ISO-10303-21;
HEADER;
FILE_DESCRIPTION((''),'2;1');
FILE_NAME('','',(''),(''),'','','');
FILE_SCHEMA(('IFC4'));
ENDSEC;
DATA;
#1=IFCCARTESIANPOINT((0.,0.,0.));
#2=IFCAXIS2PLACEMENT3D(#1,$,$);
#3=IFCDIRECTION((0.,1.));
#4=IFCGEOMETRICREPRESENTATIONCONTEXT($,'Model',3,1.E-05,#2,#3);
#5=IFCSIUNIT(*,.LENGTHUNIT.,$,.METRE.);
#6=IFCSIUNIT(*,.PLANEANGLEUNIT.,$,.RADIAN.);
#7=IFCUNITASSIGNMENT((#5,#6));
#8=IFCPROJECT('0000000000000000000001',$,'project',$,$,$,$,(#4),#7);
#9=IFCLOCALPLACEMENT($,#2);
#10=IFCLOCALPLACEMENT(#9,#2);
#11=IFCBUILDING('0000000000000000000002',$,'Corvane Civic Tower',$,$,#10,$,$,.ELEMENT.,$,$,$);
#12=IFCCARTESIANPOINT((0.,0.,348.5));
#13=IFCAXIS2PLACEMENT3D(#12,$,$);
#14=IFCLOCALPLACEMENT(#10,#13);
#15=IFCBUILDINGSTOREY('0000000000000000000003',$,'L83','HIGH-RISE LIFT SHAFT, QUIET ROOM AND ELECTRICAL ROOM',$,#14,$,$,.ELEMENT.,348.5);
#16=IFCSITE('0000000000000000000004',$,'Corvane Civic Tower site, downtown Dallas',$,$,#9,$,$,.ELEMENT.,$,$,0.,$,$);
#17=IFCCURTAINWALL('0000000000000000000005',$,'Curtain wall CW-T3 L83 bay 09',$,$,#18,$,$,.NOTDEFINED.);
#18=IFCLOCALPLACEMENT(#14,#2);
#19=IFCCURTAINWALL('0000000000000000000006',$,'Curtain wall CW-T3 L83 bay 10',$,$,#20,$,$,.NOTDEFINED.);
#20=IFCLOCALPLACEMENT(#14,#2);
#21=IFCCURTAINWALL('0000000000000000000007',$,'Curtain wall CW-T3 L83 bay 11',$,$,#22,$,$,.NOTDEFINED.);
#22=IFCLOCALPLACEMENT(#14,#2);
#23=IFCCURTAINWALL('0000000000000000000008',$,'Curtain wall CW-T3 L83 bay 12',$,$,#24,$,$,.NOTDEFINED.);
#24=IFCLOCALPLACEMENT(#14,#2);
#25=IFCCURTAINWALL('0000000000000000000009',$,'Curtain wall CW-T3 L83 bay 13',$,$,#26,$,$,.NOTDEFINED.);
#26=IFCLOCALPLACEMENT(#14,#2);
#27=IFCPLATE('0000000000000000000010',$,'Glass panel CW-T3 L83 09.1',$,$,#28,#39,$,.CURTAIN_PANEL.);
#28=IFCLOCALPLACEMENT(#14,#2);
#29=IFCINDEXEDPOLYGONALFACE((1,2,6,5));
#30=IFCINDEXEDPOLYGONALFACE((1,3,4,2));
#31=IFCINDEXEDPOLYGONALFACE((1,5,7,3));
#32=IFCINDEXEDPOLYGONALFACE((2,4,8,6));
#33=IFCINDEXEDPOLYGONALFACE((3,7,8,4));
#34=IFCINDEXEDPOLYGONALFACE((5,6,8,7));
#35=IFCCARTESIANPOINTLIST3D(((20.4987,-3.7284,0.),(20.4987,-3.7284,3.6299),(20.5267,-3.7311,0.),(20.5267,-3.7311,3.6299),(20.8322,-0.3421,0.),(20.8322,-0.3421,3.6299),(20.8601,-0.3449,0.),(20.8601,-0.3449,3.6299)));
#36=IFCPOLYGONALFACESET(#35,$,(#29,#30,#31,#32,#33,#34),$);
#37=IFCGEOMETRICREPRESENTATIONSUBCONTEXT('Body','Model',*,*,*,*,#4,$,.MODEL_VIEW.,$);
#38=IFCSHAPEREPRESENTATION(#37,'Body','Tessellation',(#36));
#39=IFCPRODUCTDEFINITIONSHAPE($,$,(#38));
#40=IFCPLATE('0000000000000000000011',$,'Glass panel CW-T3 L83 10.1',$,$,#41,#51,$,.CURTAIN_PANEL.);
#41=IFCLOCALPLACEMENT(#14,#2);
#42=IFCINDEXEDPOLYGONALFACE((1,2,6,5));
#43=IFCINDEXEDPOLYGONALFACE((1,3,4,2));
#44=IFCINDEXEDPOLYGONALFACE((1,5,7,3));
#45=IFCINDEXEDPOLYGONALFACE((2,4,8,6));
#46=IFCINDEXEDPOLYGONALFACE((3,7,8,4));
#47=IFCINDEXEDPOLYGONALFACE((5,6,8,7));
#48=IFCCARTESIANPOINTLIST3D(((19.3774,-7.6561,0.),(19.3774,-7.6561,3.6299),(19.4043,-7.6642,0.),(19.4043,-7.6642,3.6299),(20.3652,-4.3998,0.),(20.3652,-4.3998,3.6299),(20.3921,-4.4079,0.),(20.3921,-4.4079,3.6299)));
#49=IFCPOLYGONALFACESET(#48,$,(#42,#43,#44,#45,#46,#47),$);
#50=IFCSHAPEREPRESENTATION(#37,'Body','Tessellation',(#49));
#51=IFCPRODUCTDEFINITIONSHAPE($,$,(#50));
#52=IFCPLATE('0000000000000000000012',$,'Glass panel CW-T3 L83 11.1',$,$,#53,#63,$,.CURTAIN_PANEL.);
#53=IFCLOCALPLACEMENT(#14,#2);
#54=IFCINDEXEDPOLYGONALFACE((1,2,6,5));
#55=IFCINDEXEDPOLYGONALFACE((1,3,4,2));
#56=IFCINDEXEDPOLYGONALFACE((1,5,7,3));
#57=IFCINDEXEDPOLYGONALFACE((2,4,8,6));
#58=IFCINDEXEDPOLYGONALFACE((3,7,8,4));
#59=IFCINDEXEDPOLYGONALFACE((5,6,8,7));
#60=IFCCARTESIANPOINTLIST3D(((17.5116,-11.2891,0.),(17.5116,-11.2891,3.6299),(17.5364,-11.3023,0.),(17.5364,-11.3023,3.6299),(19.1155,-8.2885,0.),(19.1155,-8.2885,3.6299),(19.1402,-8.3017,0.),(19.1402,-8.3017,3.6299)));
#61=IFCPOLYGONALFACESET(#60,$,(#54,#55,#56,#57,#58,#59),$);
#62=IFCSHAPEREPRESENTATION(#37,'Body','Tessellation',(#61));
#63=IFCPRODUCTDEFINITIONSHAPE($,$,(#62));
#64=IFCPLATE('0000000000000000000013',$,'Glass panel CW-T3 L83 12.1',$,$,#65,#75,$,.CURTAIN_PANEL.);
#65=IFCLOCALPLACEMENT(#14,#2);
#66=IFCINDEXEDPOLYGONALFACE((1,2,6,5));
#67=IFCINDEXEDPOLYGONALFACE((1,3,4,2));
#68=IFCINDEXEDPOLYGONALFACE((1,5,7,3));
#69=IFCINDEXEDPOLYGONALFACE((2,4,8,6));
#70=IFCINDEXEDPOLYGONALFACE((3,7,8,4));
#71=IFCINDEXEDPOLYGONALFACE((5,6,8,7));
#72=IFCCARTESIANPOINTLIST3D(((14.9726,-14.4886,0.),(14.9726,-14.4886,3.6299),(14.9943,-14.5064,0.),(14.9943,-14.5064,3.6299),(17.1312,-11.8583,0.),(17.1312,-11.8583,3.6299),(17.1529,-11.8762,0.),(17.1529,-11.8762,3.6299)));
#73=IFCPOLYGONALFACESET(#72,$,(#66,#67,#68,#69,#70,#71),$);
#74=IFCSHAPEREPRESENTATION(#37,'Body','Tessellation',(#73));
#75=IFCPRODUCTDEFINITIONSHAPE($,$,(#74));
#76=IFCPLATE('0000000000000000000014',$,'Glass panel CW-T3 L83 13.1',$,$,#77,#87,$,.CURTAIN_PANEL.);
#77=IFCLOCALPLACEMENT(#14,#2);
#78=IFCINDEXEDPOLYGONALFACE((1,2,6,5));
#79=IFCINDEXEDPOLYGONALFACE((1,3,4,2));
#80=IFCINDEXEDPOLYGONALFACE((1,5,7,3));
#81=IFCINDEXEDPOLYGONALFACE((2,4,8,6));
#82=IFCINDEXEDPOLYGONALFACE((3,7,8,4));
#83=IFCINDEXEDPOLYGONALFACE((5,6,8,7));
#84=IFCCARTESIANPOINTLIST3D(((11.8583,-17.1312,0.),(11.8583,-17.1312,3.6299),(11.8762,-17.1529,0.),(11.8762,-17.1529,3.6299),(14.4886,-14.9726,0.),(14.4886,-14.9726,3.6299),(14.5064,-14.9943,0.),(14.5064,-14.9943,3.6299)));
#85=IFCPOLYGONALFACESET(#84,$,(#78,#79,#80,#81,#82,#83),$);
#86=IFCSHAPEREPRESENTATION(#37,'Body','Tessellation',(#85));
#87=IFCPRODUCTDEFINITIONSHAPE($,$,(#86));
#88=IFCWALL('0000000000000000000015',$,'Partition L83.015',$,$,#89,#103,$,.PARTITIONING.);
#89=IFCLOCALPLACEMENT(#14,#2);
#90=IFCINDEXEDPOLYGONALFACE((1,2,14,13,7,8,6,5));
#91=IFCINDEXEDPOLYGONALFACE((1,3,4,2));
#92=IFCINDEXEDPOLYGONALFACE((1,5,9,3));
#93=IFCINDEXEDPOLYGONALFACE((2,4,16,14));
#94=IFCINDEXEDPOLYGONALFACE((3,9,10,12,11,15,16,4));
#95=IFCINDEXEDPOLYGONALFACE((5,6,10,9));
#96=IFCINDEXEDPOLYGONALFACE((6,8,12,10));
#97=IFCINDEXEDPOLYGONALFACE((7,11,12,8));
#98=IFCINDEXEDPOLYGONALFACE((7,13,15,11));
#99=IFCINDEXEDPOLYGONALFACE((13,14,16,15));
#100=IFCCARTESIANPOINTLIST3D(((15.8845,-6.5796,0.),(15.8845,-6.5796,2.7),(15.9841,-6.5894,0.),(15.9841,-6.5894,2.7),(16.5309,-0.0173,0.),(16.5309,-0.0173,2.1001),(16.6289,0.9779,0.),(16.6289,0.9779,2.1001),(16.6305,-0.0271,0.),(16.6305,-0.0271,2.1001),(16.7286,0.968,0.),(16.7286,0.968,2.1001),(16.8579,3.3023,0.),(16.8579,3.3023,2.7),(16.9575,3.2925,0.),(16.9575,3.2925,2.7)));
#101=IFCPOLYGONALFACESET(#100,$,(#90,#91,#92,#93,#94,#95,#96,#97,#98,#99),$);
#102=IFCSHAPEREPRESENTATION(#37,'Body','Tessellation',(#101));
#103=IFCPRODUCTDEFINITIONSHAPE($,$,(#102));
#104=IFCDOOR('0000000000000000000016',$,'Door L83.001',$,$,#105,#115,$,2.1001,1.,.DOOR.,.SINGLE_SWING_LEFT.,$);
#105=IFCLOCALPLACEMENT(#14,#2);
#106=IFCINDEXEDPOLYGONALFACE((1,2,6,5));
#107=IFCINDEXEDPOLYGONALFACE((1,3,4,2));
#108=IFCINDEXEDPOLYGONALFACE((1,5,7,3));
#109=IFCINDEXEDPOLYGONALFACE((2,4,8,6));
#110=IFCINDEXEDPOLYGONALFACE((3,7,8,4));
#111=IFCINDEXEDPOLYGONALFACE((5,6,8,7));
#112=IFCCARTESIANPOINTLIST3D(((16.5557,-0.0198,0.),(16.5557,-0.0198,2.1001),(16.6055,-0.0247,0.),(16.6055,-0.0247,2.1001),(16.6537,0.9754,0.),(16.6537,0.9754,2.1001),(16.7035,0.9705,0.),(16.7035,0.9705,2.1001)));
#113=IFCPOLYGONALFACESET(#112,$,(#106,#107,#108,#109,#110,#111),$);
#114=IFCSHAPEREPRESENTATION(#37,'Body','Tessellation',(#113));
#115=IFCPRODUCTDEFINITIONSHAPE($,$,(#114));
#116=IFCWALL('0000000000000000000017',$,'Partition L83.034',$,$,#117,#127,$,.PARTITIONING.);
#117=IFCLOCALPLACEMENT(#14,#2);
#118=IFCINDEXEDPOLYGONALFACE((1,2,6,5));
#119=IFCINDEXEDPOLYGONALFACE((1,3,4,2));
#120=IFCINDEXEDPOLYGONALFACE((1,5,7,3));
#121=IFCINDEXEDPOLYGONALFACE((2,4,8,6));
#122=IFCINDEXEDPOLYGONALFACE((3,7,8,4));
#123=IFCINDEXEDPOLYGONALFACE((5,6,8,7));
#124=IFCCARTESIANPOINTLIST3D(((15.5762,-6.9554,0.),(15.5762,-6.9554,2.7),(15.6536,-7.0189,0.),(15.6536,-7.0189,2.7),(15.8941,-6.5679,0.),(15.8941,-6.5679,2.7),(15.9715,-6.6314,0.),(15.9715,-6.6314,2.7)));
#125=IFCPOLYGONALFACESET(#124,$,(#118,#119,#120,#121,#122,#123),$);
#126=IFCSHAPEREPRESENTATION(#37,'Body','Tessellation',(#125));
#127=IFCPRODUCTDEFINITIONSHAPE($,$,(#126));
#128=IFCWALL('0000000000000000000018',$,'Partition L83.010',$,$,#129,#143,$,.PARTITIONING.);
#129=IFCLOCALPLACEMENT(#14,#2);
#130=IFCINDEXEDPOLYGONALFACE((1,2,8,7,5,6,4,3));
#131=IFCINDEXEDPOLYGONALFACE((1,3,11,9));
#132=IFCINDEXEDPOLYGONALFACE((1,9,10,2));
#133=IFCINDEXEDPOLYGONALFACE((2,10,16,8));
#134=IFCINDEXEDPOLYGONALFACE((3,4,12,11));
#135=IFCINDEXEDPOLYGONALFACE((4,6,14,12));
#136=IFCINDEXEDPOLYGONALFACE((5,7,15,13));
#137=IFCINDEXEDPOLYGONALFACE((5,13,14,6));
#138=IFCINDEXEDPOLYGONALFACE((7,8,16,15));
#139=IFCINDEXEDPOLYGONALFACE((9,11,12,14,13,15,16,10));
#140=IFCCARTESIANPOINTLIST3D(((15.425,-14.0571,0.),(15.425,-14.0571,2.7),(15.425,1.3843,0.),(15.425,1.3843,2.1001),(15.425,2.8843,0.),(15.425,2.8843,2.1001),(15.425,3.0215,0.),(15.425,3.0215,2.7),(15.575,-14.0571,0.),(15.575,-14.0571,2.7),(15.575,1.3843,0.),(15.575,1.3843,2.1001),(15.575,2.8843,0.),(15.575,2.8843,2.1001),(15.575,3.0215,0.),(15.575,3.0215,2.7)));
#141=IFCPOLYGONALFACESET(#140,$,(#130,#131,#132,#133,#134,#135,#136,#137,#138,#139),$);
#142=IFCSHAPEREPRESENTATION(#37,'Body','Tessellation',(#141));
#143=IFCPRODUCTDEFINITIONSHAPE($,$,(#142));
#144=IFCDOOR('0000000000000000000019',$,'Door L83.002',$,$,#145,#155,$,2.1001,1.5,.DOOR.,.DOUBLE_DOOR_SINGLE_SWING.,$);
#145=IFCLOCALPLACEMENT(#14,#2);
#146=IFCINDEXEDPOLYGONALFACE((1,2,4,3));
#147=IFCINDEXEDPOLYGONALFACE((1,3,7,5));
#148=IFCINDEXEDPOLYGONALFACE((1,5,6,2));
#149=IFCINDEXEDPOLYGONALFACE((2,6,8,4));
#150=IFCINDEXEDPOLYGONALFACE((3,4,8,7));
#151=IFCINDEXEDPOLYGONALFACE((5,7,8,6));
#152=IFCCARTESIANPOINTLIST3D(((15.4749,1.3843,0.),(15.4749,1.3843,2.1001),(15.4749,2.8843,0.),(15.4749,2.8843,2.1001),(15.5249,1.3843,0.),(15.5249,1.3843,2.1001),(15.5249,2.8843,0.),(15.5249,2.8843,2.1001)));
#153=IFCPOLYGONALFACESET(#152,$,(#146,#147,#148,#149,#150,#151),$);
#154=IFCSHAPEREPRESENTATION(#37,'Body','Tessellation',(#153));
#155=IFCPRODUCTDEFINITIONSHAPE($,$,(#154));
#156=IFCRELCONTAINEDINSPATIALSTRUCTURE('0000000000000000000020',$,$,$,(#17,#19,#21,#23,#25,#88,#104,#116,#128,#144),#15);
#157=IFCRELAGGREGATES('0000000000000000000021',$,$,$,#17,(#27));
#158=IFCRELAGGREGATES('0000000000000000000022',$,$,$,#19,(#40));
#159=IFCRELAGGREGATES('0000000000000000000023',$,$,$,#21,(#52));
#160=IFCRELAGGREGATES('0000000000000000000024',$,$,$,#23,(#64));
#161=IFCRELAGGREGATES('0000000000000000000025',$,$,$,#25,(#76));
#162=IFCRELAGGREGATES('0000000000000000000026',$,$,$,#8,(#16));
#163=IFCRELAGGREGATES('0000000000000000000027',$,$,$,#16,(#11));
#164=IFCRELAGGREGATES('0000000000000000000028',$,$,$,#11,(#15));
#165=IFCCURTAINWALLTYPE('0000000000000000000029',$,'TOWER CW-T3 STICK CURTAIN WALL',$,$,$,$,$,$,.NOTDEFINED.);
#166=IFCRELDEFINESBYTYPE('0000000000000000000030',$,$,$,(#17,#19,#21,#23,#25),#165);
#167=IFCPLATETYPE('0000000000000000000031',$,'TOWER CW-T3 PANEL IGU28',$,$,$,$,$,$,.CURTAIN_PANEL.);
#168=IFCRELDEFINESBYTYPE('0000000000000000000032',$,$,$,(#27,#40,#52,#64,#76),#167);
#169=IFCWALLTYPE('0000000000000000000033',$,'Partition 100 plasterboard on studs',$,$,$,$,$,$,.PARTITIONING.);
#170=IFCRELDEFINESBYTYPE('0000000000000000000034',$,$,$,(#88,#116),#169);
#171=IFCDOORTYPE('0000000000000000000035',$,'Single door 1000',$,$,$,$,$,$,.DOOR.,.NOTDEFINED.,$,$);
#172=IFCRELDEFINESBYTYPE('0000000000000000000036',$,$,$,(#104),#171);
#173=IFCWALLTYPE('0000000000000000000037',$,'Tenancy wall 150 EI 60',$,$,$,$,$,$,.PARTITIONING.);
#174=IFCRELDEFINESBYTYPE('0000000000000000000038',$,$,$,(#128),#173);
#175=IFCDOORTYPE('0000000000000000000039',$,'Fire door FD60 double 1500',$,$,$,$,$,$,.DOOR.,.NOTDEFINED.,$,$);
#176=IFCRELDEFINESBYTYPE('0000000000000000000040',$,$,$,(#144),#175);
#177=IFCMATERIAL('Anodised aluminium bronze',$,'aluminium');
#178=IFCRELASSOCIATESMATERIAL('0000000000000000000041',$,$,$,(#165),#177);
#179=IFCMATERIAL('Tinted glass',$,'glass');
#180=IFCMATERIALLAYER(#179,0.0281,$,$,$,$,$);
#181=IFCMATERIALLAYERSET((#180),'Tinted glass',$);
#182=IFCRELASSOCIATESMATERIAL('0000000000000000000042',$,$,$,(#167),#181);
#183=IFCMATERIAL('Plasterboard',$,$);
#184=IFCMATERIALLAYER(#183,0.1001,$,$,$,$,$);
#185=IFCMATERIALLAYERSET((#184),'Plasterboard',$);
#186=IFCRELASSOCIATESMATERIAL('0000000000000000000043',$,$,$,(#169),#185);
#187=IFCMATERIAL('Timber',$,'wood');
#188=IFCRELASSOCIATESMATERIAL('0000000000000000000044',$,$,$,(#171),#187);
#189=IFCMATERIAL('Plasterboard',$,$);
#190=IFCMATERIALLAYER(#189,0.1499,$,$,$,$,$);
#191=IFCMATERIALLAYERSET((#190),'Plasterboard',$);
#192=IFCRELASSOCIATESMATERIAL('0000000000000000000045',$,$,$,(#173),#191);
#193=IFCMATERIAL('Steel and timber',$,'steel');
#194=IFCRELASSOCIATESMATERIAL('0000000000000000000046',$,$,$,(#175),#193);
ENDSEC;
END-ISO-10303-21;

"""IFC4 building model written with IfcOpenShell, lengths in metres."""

from ifc_helpers import new_model, si_unit, direction, frame, frame_2d, origin, origin_2d, place, context, subcontext, project, spatial, rectangle, extrude, material, layer, layer_set, type_object, element, fill, aggregate, save


model = new_model("IFC4")

# Units and contexts
model_context = context("Model", 3, precision=1e-05, world=origin(), true_north=direction((0.0, 1.0)))
body_context = subcontext(model_context, "Body", "Model", "MODEL_VIEW")
ifc_project = project(units=[si_unit("LENGTHUNIT", "METRE"), si_unit("PLANEANGLEUNIT", "RADIAN")], contexts=[model_context])

# Site, building, storey
site_placement = place(None, origin())
site = spatial("IfcSite", under=ifc_project, at=site_placement, Name="Corvane Civic Tower site, downtown Dallas", CompositionType="ELEMENT", RefElevation=0.0)
building_placement = place(site_placement, origin())
building = spatial("IfcBuilding", under=site, at=building_placement, Name="Corvane Civic Tower", CompositionType="ELEMENT")
storey_placement = place(building_placement, frame((0.0, 0.0, 348.5)))
storey = spatial("IfcBuildingStorey", under=building, at=storey_placement, Name="L83", Description="HIGH-RISE LIFT SHAFT, QUIET ROOM AND ELECTRICAL ROOM", CompositionType="ELEMENT", Elevation=348.5)

# Curtain walls
ifc_material_1 = material(Name="Anodised aluminium bronze", Category="aluminium")
curtain_wall_type = type_object("IfcCurtainWallType", Name="TOWER CW-T3 STICK CURTAIN WALL", PredefinedType="NOTDEFINED", material=ifc_material_1)
curtain_wall_1_placement = place(storey_placement, origin())
curtain_wall_1 = element("IfcCurtainWall", 1, at=curtain_wall_1_placement, inside=storey, type_object=curtain_wall_type, Name="Curtain wall CW-T3 L83 bay 09", PredefinedType="NOTDEFINED")
curtain_wall_2_placement = place(storey_placement, origin())
curtain_wall_2 = element("IfcCurtainWall", 2, at=curtain_wall_2_placement, inside=storey, type_object=curtain_wall_type, Name="Curtain wall CW-T3 L83 bay 10", PredefinedType="NOTDEFINED")
curtain_wall_3_placement = place(storey_placement, origin())
curtain_wall_3 = element("IfcCurtainWall", 3, at=curtain_wall_3_placement, inside=storey, type_object=curtain_wall_type, Name="Curtain wall CW-T3 L83 bay 11", PredefinedType="NOTDEFINED")
curtain_wall_4_placement = place(storey_placement, origin())
curtain_wall_4 = element("IfcCurtainWall", 4, at=curtain_wall_4_placement, inside=storey, type_object=curtain_wall_type, Name="Curtain wall CW-T3 L83 bay 12", PredefinedType="NOTDEFINED")
curtain_wall_5_placement = place(storey_placement, origin())
curtain_wall_5 = element("IfcCurtainWall", 5, at=curtain_wall_5_placement, inside=storey, type_object=curtain_wall_type, Name="Curtain wall CW-T3 L83 bay 13", PredefinedType="NOTDEFINED")

# Plates
ifc_material_2 = material(Name="Tinted glass", Category="glass")
ifc_layer_1 = layer(ifc_material_2, 0.0281)
ifc_layer_set_1 = layer_set([ifc_layer_1], Name="Tinted glass")
plate_type = type_object("IfcPlateType", Name="TOWER CW-T3 PANEL IGU28", PredefinedType="CURTAIN_PANEL", material=ifc_layer_set_1)
plate_1_placement = place(storey_placement, frame((20.6794, -2.0366, 0.0), z_axis=(0.0, 0.0, 1.0), x_axis=(-0.097998, -0.995187, 0.0)))
plate_1 = element("IfcPlate", 6, at=plate_1_placement, type_object=plate_type, Name="Glass panel CW-T3 L83 09.1", PredefinedType="CURTAIN_PANEL", context=body_context, shape_type="SweptSolid", body=[
    extrude(rectangle(XDim=3.4026, YDim=0.0281, at=origin_2d()), origin(), (0.0, 0.0, 1.0), 3.6299),
])
aggregate(curtain_wall_1, [plate_1])
plate_2_placement = place(storey_placement, frame((19.8848, -6.032, 0.0), z_axis=(0.0, 0.0, 1.0), x_axis=(-0.29029, -0.956939, 0.0)))
plate_2 = element("IfcPlate", 7, at=plate_2_placement, type_object=plate_type, Name="Glass panel CW-T3 L83 10.1", PredefinedType="CURTAIN_PANEL", context=body_context, shape_type="SweptSolid", body=[
    extrude(rectangle(XDim=3.4028, YDim=0.0281, at=origin_2d()), origin(), (0.0, 0.0, 1.0), 3.6299),
])
aggregate(curtain_wall_2, [plate_2])
plate_3_placement = place(storey_placement, frame((18.3259, -9.7954, 0.0), z_axis=(0.0, 0.0, 1.0), x_axis=(-0.471384, -0.881928, 0.0)))
plate_3 = element("IfcPlate", 8, at=plate_3_placement, type_object=plate_type, Name="Glass panel CW-T3 L83 11.1", PredefinedType="CURTAIN_PANEL", context=body_context, shape_type="SweptSolid", body=[
    extrude(rectangle(XDim=3.4023, YDim=0.0281, at=origin_2d()), origin(), (0.0, 0.0, 1.0), 3.6299),
])
aggregate(curtain_wall_3, [plate_3])
plate_4_placement = place(storey_placement, frame((16.0627, -13.1824, 0.0), z_axis=(0.0, 0.0, 1.0), x_axis=(-0.634393, -0.77301, 0.0)))
plate_4 = element("IfcPlate", 9, at=plate_4_placement, type_object=plate_type, Name="Glass panel CW-T3 L83 12.1", PredefinedType="CURTAIN_PANEL", context=body_context, shape_type="SweptSolid", body=[
    extrude(rectangle(XDim=3.4026, YDim=0.0281, at=origin_2d()), origin(), (0.0, 0.0, 1.0), 3.6299),
])
aggregate(curtain_wall_4, [plate_4])
plate_5_placement = place(storey_placement, frame((13.1824, -16.0627, 0.0), z_axis=(0.0, 0.0, 1.0), x_axis=(-0.77301, -0.634393, 0.0)))
plate_5 = element("IfcPlate", 10, at=plate_5_placement, type_object=plate_type, Name="Glass panel CW-T3 L83 13.1", PredefinedType="CURTAIN_PANEL", context=body_context, shape_type="SweptSolid", body=[
    extrude(rectangle(XDim=3.4026, YDim=0.0281, at=origin_2d()), origin(), (0.0, 0.0, 1.0), 3.6299),
])
aggregate(curtain_wall_5, [plate_5])

# Wall, opening, door
ifc_material_3 = material(Name="Plasterboard")
ifc_layer_2 = layer(ifc_material_3, 0.1001)
ifc_layer_set_2 = layer_set([ifc_layer_2], Name="Plasterboard")
wall_type_1 = type_object("IfcWallType", Name="Partition 100 plasterboard on studs", PredefinedType="PARTITIONING", material=ifc_layer_set_2)
wall_1_placement = place(storey_placement, frame((15.9343, -6.5845, 0.0), z_axis=(0.0, 0.0, 1.0), x_axis=(0.098028, 0.995184, 0.0)))
wall_1 = element("IfcWall", 11, at=wall_1_placement, inside=storey, type_object=wall_type_1, Name="Partition L83.015", PredefinedType="PARTITIONING", context=body_context, shape_type="SweptSolid", body=[
    extrude(rectangle(XDim=9.9297, YDim=0.1001, at=frame_2d((4.9648, 0.0))), origin(), (0.0, 0.0, 1.0), 2.7),
])
opening_1_placement = place(wall_1_placement, frame((6.594, 0.0, 0.0)))
opening_1 = element("IfcOpeningElement", 12, at=opening_1_placement, cuts=wall_1, PredefinedType="OPENING", context=body_context, shape_type="SweptSolid", body=[
    extrude(rectangle(XDim=1.0, YDim=2.1001, at=frame_2d((0.5, 1.05))), frame((0.0, 0.0601, 0.0), z_axis=(0.0, -1.0, 0.0), x_axis=(1.0, 0.0, 0.0)), (0.0, 0.0, 1.0), 0.1201),
])
ifc_material_4 = material(Name="Timber", Category="wood")
door_type_1 = type_object("IfcDoorType", Name="Single door 1000", OperationType="NOTDEFINED", PredefinedType="DOOR", material=ifc_material_4)
door_1_placement = place(opening_1_placement, frame((1.0, 0.0, 0.0), z_axis=(0.0, 0.0, 1.0), x_axis=(-1.0, 0.0, 0.0)))
door_1 = element("IfcDoor", 13, at=door_1_placement, inside=storey, type_object=door_type_1, Name="Door L83.001", OperationType="SINGLE_SWING_LEFT", OverallHeight=2.1001, OverallWidth=1.0, PredefinedType="DOOR", context=body_context, shape_type="SweptSolid", body=[
    extrude(rectangle(XDim=1.0, YDim=2.1001, at=frame_2d((0.5, 1.05))), frame((0.0, 0.0249, 0.0), z_axis=(0.0, -1.0, 0.0), x_axis=(1.0, 0.0, 0.0)), (0.0, 0.0, 1.0), 0.05),
])
fill(opening_1, door_1)

# Wall
wall_2_placement = place(storey_placement, frame((15.615, -6.9871, 0.0), z_axis=(0.0, 0.0, 1.0), x_axis=(0.634272, 0.77311, 0.0)))
element("IfcWall", 14, at=wall_2_placement, inside=storey, type_object=wall_type_1, Name="Partition L83.034", PredefinedType="PARTITIONING", context=body_context, shape_type="SweptSolid", body=[
    extrude(rectangle(XDim=0.5012, YDim=0.1001, at=frame_2d((0.2505, 0.0))), origin(), (0.0, 0.0, 1.0), 2.7),
])

# Wall, opening, door
ifc_material_5 = material(Name="Plasterboard")
ifc_layer_3 = layer(ifc_material_5, 0.1499)
ifc_layer_set_3 = layer_set([ifc_layer_3], Name="Plasterboard")
wall_type_2 = type_object("IfcWallType", Name="Tenancy wall 150 EI 60", PredefinedType="PARTITIONING", material=ifc_layer_set_3)
wall_3_placement = place(storey_placement, frame((15.5, -14.0571, 0.0), z_axis=(0.0, 0.0, 1.0), x_axis=(0.0, 1.0, 0.0)))
wall_3 = element("IfcWall", 15, at=wall_3_placement, inside=storey, type_object=wall_type_2, Name="Partition L83.010", PredefinedType="PARTITIONING", context=body_context, shape_type="SweptSolid", body=[
    extrude(rectangle(XDim=17.0786, YDim=0.1499, at=frame_2d((8.5393, 0.0))), origin(), (0.0, 0.0, 1.0), 2.7),
])
opening_2_placement = place(wall_3_placement, frame((15.4414, 0.0, 0.0)))
opening_2 = element("IfcOpeningElement", 16, at=opening_2_placement, cuts=wall_3, PredefinedType="OPENING", context=body_context, shape_type="SweptSolid", body=[
    extrude(rectangle(XDim=1.5, YDim=2.1001, at=frame_2d((0.75, 1.05))), frame((0.0, 0.085, 0.0), z_axis=(0.0, -1.0, 0.0), x_axis=(1.0, 0.0, 0.0)), (0.0, 0.0, 1.0), 0.1699),
])
ifc_material_6 = material(Name="Steel and timber", Category="steel")
door_type_2 = type_object("IfcDoorType", Name="Fire door FD60 double 1500", OperationType="NOTDEFINED", PredefinedType="DOOR", material=ifc_material_6)
door_2_placement = place(opening_2_placement, frame((1.5, 0.0, 0.0), z_axis=(0.0, 0.0, 1.0), x_axis=(-1.0, 0.0, 0.0)))
door_2 = element("IfcDoor", 17, at=door_2_placement, inside=storey, type_object=door_type_2, Name="Door L83.002", OperationType="DOUBLE_DOOR_SINGLE_SWING", OverallHeight=2.1001, OverallWidth=1.5, PredefinedType="DOOR", context=body_context, shape_type="SweptSolid", body=[
    extrude(rectangle(XDim=1.5, YDim=2.1001, at=frame_2d((0.75, 1.05))), frame((0.0, 0.0249, 0.0), z_axis=(0.0, -1.0, 0.0), x_axis=(1.0, 0.0, 0.0)), (0.0, 0.0, 1.0), 0.05),
])
fill(opening_2, door_2)

save(model, "model.ifc")
